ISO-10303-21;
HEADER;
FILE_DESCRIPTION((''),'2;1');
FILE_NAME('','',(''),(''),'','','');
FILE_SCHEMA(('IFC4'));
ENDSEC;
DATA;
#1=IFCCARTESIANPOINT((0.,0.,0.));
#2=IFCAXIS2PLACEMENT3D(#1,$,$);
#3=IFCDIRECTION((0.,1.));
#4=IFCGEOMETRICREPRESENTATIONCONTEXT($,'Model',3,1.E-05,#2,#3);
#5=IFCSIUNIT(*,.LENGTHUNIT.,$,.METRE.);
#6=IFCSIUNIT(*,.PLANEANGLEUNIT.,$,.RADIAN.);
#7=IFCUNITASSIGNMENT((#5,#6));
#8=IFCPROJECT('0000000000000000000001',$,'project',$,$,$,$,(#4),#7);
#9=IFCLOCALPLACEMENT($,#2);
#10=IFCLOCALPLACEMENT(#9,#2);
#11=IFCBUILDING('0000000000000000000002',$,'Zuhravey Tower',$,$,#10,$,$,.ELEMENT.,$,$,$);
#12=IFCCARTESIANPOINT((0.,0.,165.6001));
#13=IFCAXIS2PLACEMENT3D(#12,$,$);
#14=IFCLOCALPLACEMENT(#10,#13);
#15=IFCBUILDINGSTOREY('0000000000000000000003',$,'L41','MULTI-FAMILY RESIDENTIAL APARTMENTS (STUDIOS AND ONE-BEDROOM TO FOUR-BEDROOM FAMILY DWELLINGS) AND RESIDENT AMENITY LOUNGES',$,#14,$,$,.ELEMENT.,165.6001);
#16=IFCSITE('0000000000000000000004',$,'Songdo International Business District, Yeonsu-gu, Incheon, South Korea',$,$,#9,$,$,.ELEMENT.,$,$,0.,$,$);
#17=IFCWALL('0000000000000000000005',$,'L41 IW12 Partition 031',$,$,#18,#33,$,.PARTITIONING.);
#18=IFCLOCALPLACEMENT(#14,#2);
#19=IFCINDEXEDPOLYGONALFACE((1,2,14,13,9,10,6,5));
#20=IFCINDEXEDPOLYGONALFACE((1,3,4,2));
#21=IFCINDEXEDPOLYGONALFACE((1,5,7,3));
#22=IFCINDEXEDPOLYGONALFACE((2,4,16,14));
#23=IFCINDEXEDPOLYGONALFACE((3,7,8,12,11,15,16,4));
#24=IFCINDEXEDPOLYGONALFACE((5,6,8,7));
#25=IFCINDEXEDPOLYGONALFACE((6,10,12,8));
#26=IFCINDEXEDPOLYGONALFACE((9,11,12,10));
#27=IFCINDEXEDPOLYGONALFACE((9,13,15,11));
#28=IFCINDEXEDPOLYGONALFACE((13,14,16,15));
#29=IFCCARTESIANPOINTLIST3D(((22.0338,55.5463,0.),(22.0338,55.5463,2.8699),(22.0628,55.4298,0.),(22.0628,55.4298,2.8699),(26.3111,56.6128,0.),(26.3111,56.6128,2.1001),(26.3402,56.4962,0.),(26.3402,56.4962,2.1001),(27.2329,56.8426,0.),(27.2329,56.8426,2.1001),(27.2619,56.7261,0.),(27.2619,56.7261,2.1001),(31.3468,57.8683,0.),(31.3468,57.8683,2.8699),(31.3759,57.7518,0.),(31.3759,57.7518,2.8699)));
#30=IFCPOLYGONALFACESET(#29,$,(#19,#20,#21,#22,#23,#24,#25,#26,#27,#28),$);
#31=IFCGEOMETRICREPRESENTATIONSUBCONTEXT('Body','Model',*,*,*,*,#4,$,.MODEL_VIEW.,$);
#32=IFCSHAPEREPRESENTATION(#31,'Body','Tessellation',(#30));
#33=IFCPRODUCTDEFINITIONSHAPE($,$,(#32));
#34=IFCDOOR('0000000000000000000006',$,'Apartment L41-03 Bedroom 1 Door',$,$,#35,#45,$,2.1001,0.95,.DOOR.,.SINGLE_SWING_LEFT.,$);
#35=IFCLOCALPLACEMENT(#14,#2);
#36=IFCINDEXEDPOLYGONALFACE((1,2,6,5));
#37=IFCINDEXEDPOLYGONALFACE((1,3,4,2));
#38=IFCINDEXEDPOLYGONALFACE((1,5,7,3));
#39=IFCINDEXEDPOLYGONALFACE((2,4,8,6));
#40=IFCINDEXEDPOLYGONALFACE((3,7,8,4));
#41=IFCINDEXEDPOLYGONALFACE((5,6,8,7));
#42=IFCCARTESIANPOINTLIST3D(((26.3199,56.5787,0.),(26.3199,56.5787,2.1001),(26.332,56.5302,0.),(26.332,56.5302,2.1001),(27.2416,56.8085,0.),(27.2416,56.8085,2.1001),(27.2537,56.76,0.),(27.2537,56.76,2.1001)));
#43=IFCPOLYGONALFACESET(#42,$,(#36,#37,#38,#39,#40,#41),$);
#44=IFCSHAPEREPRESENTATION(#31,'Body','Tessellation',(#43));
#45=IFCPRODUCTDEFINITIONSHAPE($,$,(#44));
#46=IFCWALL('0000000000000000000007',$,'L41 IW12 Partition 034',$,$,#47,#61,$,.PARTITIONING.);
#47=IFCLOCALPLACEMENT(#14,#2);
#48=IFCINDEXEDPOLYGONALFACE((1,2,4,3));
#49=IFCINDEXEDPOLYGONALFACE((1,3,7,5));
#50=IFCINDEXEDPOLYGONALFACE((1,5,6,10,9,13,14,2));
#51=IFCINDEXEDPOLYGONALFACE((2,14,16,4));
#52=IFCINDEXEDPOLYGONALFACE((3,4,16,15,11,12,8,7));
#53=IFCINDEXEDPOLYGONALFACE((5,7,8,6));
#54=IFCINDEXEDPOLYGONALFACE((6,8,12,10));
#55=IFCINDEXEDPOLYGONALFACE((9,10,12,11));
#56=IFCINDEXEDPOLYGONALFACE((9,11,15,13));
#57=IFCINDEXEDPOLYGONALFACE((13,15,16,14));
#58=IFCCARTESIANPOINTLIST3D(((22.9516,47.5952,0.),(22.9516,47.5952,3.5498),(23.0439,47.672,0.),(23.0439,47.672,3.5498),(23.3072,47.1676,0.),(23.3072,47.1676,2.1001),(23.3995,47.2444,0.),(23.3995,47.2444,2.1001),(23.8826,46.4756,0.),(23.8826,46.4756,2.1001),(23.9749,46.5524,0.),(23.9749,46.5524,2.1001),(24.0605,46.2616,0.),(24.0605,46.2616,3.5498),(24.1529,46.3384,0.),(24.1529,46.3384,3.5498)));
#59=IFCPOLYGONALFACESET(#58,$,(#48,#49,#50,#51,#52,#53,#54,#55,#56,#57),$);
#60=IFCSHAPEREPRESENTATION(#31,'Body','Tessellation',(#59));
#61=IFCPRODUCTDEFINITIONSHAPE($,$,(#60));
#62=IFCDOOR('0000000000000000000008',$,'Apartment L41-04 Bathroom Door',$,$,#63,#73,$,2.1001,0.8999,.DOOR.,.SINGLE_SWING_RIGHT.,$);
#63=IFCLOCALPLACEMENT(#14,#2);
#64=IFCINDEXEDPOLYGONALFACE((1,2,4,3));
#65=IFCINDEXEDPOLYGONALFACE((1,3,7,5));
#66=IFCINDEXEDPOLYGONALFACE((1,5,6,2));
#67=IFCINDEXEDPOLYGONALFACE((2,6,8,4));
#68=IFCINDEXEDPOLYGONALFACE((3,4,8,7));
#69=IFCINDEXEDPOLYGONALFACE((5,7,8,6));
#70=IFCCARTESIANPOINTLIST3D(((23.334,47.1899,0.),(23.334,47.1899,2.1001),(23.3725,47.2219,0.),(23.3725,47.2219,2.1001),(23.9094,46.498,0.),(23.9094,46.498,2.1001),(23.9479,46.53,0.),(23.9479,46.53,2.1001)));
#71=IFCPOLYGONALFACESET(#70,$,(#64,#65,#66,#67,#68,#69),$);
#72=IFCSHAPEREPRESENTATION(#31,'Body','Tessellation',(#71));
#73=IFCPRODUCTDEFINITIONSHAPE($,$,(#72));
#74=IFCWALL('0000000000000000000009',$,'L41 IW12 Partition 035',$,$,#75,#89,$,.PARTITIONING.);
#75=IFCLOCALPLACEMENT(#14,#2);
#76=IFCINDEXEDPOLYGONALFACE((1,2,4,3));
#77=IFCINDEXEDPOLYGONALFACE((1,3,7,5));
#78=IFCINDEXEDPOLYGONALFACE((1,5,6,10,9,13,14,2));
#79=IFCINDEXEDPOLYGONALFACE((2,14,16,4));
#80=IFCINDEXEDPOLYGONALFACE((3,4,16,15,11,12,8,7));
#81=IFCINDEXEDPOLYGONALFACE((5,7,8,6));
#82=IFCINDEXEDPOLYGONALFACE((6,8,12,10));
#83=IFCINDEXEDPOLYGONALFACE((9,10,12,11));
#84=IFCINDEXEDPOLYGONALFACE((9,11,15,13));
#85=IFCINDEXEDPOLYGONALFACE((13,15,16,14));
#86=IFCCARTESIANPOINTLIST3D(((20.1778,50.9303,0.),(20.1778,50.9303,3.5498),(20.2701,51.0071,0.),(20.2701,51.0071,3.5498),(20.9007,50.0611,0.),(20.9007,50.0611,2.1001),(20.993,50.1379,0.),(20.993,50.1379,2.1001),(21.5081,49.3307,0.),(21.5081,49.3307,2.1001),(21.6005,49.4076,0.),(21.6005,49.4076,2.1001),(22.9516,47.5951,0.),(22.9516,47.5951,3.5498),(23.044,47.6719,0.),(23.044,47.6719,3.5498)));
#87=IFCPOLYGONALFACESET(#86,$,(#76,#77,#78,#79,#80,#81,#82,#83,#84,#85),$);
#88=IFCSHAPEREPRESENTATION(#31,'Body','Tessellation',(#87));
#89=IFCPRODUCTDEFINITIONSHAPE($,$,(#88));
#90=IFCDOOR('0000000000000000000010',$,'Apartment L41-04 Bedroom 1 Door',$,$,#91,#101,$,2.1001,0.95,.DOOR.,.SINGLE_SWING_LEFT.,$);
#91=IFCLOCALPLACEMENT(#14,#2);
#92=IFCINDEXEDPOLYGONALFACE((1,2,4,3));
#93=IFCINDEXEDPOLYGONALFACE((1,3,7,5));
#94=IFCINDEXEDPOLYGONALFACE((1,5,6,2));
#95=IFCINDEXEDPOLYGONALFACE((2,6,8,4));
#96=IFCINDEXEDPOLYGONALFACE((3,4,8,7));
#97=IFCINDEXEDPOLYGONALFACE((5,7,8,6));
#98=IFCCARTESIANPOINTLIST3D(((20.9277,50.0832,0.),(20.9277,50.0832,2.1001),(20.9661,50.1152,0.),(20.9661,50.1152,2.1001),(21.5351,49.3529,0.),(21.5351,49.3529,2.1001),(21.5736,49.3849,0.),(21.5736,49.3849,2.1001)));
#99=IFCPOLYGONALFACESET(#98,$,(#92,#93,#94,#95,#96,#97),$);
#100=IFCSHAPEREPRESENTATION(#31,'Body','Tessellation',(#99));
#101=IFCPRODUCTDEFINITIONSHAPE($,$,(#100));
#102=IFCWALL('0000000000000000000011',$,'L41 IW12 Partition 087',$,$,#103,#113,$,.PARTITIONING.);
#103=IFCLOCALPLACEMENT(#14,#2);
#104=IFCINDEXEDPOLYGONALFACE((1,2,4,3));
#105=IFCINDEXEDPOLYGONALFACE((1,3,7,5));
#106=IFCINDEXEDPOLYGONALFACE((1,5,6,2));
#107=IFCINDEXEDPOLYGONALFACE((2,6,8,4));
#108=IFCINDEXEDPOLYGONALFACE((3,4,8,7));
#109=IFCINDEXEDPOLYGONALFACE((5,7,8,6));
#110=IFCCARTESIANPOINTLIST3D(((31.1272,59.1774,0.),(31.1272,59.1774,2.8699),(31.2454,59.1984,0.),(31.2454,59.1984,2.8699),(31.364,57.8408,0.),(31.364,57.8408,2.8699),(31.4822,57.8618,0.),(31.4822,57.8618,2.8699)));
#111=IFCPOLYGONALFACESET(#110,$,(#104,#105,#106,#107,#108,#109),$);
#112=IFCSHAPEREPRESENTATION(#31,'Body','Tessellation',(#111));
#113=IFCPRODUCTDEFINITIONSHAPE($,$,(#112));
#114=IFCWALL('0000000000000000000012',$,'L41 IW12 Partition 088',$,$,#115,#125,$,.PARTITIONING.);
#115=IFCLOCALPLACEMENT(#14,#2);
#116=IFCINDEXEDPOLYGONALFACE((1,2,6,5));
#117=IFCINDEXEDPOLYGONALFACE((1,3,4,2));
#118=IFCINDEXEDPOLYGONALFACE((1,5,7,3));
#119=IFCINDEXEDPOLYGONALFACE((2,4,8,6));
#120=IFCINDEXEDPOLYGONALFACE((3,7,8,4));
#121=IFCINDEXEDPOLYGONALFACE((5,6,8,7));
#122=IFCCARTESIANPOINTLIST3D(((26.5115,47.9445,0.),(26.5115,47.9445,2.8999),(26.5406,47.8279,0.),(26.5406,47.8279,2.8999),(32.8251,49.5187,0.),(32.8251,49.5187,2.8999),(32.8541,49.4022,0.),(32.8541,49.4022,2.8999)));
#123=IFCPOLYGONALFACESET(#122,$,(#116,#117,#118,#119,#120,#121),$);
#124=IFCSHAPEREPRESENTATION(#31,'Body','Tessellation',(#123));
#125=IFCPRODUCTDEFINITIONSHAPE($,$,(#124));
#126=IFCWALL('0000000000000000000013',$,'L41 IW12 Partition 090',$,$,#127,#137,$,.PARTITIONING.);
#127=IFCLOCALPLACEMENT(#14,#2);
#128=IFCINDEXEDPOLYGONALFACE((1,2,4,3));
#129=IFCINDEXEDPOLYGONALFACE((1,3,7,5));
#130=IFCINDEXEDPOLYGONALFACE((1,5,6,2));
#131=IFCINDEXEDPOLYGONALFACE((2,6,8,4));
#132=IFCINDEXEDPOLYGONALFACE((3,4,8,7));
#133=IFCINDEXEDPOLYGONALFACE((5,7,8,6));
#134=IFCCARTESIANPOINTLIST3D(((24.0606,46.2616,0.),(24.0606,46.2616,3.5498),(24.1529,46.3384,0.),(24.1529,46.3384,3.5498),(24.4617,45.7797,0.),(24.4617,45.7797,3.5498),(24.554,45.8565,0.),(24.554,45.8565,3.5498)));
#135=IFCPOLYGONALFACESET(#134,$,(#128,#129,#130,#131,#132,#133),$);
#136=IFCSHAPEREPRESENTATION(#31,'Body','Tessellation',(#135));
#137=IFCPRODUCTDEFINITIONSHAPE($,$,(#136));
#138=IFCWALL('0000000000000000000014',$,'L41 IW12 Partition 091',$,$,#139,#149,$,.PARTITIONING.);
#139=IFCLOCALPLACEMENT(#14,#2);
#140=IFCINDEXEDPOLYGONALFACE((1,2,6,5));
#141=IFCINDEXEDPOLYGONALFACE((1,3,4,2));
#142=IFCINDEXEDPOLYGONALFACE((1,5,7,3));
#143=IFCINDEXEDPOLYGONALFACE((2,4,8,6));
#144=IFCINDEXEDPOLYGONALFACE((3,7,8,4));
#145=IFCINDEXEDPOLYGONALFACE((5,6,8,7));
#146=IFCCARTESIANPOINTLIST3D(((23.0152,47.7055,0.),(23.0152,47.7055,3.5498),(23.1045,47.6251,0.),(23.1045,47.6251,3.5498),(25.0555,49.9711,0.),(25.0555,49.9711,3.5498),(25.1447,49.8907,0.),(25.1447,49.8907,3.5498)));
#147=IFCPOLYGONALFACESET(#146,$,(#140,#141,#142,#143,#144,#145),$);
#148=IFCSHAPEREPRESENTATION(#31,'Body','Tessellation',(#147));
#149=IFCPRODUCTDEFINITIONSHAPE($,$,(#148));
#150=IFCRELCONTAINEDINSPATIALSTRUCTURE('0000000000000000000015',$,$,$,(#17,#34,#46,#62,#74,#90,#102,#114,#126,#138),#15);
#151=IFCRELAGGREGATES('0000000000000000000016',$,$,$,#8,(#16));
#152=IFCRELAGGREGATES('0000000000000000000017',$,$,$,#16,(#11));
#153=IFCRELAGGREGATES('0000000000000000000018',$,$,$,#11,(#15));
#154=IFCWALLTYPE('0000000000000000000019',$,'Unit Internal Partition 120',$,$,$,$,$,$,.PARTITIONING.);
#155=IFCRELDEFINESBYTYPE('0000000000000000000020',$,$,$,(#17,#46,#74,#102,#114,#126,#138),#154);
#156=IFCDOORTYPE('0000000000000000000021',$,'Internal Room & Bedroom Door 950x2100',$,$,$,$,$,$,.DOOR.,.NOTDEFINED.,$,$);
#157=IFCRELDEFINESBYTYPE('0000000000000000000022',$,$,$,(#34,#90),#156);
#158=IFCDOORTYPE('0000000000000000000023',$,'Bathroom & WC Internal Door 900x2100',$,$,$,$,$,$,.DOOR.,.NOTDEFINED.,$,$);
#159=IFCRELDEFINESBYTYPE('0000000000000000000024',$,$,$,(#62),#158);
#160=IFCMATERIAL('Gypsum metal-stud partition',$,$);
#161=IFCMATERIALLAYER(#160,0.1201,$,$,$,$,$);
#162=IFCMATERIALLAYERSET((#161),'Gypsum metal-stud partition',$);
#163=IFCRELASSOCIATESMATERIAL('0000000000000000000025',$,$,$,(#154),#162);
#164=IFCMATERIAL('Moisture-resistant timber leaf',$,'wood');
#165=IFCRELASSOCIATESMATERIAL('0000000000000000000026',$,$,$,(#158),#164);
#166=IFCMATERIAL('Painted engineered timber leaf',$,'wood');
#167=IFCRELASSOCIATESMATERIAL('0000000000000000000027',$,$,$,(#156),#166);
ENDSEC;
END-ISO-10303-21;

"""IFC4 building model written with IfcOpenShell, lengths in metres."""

from ifc_helpers import new_model, si_unit, direction, frame, frame_2d, origin, place, context, subcontext, project, spatial, rectangle, extrude, material, layer, layer_set, type_object, element, fill, save


model = new_model("IFC4")

# Units and contexts
model_context = context("Model", 3, precision=1e-05, world=origin(), true_north=direction((0.0, 1.0)))
body_context = subcontext(model_context, "Body", "Model", "MODEL_VIEW")
ifc_project = project(units=[si_unit("LENGTHUNIT", "METRE"), si_unit("PLANEANGLEUNIT", "RADIAN")], contexts=[model_context])

# Site, building, storey
site_placement = place(None, origin())
site = spatial("IfcSite", under=ifc_project, at=site_placement, Name="Songdo International Business District, Yeonsu-gu, Incheon, South Korea", CompositionType="ELEMENT", RefElevation=0.0)
building_placement = place(site_placement, origin())
building = spatial("IfcBuilding", under=site, at=building_placement, Name="Zuhravey Tower", CompositionType="ELEMENT")
storey_placement = place(building_placement, frame((0.0, 0.0, 165.6001)))
storey = spatial("IfcBuildingStorey", under=building, at=storey_placement, Name="L41", Description="MULTI-FAMILY RESIDENTIAL APARTMENTS (STUDIOS AND ONE-BEDROOM TO FOUR-BEDROOM FAMILY DWELLINGS) AND RESIDENT AMENITY LOUNGES", CompositionType="ELEMENT", Elevation=165.6001)

# Walls, openings, doors
ifc_material_1 = material(Name="Gypsum metal-stud partition")
ifc_layer_1 = layer(ifc_material_1, 0.1201)
ifc_layer_set_1 = layer_set([ifc_layer_1], Name="Gypsum metal-stud partition")
wall_type_1 = type_object("IfcWallType", Name="Unit Internal Partition 120", PredefinedType="PARTITIONING", material=ifc_layer_set_1)
ifc_material_2 = material(Name="Moisture-resistant timber leaf", Category="wood")
door_type_1 = type_object("IfcDoorType", Name="Bathroom & WC Internal Door 900x2100", OperationType="NOTDEFINED", PredefinedType="DOOR", material=ifc_material_2)
ifc_material_3 = material(Name="Painted engineered timber leaf", Category="wood")
door_type_2 = type_object("IfcDoorType", Name="Internal Room & Bedroom Door 950x2100", OperationType="NOTDEFINED", PredefinedType="DOOR", material=ifc_material_3)
wall_1_placement = place(storey_placement, frame((31.3613, 57.8101, 0.0), z_axis=(0.0, 0.0, 1.0), x_axis=(-0.970295, -0.241925, 0.0)))
wall_1 = element("IfcWall", 1, at=wall_1_placement, inside=storey, type_object=wall_type_1, Name="L41 IW12 Partition 031", PredefinedType="PARTITIONING", context=body_context, shape_type="SweptSolid", body=[
    extrude(rectangle(XDim=9.5981, YDim=0.1201, at=frame_2d((4.7991, 0.0))), origin(), (0.0, 0.0, 1.0), 2.8699),
])
opening_1_placement = place(wall_1_placement, frame((4.2397, 0.0, 0.0)))
opening_1 = element("IfcOpeningElement", 2, at=opening_1_placement, cuts=wall_1, PredefinedType="OPENING", context=body_context, shape_type="SweptSolid", body=[
    extrude(rectangle(XDim=0.95, YDim=2.1001, at=frame_2d((0.4751, 1.05))), frame((0.0, 0.072, 0.0), z_axis=(0.0, -1.0, 0.0), x_axis=(1.0, 0.0, 0.0)), (0.0, 0.0, 1.0), 0.144),
])
door_1_placement = place(opening_1_placement, frame((0.95, 0.0, 0.0), z_axis=(0.0, 0.0, 1.0), x_axis=(-1.0, 0.0, 0.0)))
door_1 = element("IfcDoor", 3, at=door_1_placement, inside=storey, type_object=door_type_2, Name="Apartment L41-03 Bedroom 1 Door", OperationType="SINGLE_SWING_LEFT", OverallHeight=2.1001, OverallWidth=0.95, PredefinedType="DOOR", context=body_context, shape_type="SweptSolid", body=[
    extrude(rectangle(XDim=0.95, YDim=2.1001, at=frame_2d((0.4751, 1.05))), frame((0.0, 0.0249, 0.0), z_axis=(0.0, -1.0, 0.0), x_axis=(1.0, 0.0, 0.0)), (0.0, 0.0, 1.0), 0.05),
])
fill(opening_1, door_1)
wall_2_placement = place(storey_placement, frame((24.1067, 46.3, 0.0), z_axis=(0.0, 0.0, 1.0), x_axis=(-0.639381, 0.76889, 0.0)))
wall_2 = element("IfcWall", 4, at=wall_2_placement, inside=storey, type_object=wall_type_1, Name="L41 IW12 Partition 034", PredefinedType="PARTITIONING", context=body_context, shape_type="SweptSolid", body=[
    extrude(rectangle(XDim=1.7344, YDim=0.1201, at=frame_2d((0.8672, 0.0))), origin(), (0.0, 0.0, 1.0), 3.5498),
])
opening_2_placement = place(wall_2_placement, frame((0.2783, 0.0, 0.0)))
opening_2 = element("IfcOpeningElement", 5, at=opening_2_placement, cuts=wall_2, PredefinedType="OPENING", context=body_context, shape_type="SweptSolid", body=[
    extrude(rectangle(XDim=0.8999, YDim=2.1001, at=frame_2d((0.45, 1.05))), frame((0.0, 0.072, 0.0), z_axis=(0.0, -1.0, 0.0), x_axis=(1.0, 0.0, 0.0)), (0.0, 0.0, 1.0), 0.144),
])
door_2_placement = place(opening_2_placement, frame((0.8999, 0.0, 0.0), z_axis=(0.0, 0.0, 1.0), x_axis=(-1.0, 0.0, 0.0)))
door_2 = element("IfcDoor", 6, at=door_2_placement, inside=storey, type_object=door_type_1, Name="Apartment L41-04 Bathroom Door", OperationType="SINGLE_SWING_RIGHT", OverallHeight=2.1001, OverallWidth=0.8999, PredefinedType="DOOR", context=body_context, shape_type="SweptSolid", body=[
    extrude(rectangle(XDim=0.8999, YDim=2.1001, at=frame_2d((0.45, 1.05))), frame((0.0, 0.0249, 0.0), z_axis=(0.0, -1.0, 0.0), x_axis=(1.0, 0.0, 0.0)), (0.0, 0.0, 1.0), 0.05),
])
fill(opening_2, door_2)
wall_3_placement = place(storey_placement, frame((22.9978, 47.6335, 0.0), z_axis=(0.0, 0.0, 1.0), x_axis=(-0.639448, 0.768834, 0.0)))
wall_3 = element("IfcWall", 7, at=wall_3_placement, inside=storey, type_object=wall_type_1, Name="L41 IW12 Partition 035", PredefinedType="PARTITIONING", context=body_context, shape_type="SweptSolid", body=[
    extrude(rectangle(XDim=4.3379, YDim=0.1201, at=frame_2d((2.1689, 0.0))), origin(), (0.0, 0.0, 1.0), 3.5498),
])
opening_3_placement = place(wall_3_placement, frame((2.2573, 0.0, 0.0)))
opening_3 = element("IfcOpeningElement", 8, at=opening_3_placement, cuts=wall_3, PredefinedType="OPENING", context=body_context, shape_type="SweptSolid", body=[
    extrude(rectangle(XDim=0.95, YDim=2.1001, at=frame_2d((0.4751, 1.05))), frame((0.0, 0.072, 0.0), z_axis=(0.0, -1.0, 0.0), x_axis=(1.0, 0.0, 0.0)), (0.0, 0.0, 1.0), 0.144),
])
door_3_placement = place(opening_3_placement, frame((0.95, 0.0, 0.0), z_axis=(0.0, 0.0, 1.0), x_axis=(-1.0, 0.0, 0.0)))
door_3 = element("IfcDoor", 9, at=door_3_placement, inside=storey, type_object=door_type_2, Name="Apartment L41-04 Bedroom 1 Door", OperationType="SINGLE_SWING_LEFT", OverallHeight=2.1001, OverallWidth=0.95, PredefinedType="DOOR", context=body_context, shape_type="SweptSolid", body=[
    extrude(rectangle(XDim=0.95, YDim=2.1001, at=frame_2d((0.4751, 1.05))), frame((0.0, 0.0249, 0.0), z_axis=(0.0, -1.0, 0.0), x_axis=(1.0, 0.0, 0.0)), (0.0, 0.0, 1.0), 0.05),
])
fill(opening_3, door_3)

# Walls
wall_4_placement = place(storey_placement, frame((31.4231, 57.8513, 0.0), z_axis=(0.0, 0.0, 1.0), x_axis=(-0.174452, 0.984666, 0.0)))
element("IfcWall", 10, at=wall_4_placement, inside=storey, type_object=wall_type_1, Name="L41 IW12 Partition 087", PredefinedType="PARTITIONING", context=body_context, shape_type="SweptSolid", body=[
    extrude(rectangle(XDim=1.3574, YDim=0.1201, at=frame_2d((0.6787, 0.0))), origin(), (0.0, 0.0, 1.0), 2.8699),
])
wall_5_placement = place(storey_placement, frame((32.8396, 49.4604, 0.0), z_axis=(0.0, 0.0, 1.0), x_axis=(-0.970292, -0.241935, 0.0)))
element("IfcWall", 11, at=wall_5_placement, inside=storey, type_object=wall_type_1, Name="L41 IW12 Partition 088", PredefinedType="PARTITIONING", context=body_context, shape_type="SweptSolid", body=[
    extrude(rectangle(XDim=6.5068, YDim=0.1201, at=frame_2d((3.2534, 0.0))), origin(), (0.0, 0.0, 1.0), 2.8999),
])
wall_6_placement = place(storey_placement, frame((24.5078, 45.8181, 0.0), z_axis=(0.0, 0.0, 1.0), x_axis=(-0.639725, 0.768604, 0.0)))
element("IfcWall", 12, at=wall_6_placement, inside=storey, type_object=wall_type_1, Name="L41 IW12 Partition 090", PredefinedType="PARTITIONING", context=body_context, shape_type="SweptSolid", body=[
    extrude(rectangle(XDim=0.627, YDim=0.1201, at=frame_2d((0.3135, 0.0))), origin(), (0.0, 0.0, 1.0), 3.5498),
])
wall_7_placement = place(storey_placement, frame((25.1001, 49.9309, 0.0), z_axis=(0.0, 0.0, 1.0), x_axis=(-0.669186, -0.743095, 0.0)))
element("IfcWall", 13, at=wall_7_placement, inside=storey, type_object=wall_type_1, Name="L41 IW12 Partition 091", PredefinedType="PARTITIONING", context=body_context, shape_type="SweptSolid", body=[
    extrude(rectangle(XDim=3.0488, YDim=0.1201, at=frame_2d((1.5244, 0.0))), origin(), (0.0, 0.0, 1.0), 3.5498),
])

save(model, "model.ifc")
